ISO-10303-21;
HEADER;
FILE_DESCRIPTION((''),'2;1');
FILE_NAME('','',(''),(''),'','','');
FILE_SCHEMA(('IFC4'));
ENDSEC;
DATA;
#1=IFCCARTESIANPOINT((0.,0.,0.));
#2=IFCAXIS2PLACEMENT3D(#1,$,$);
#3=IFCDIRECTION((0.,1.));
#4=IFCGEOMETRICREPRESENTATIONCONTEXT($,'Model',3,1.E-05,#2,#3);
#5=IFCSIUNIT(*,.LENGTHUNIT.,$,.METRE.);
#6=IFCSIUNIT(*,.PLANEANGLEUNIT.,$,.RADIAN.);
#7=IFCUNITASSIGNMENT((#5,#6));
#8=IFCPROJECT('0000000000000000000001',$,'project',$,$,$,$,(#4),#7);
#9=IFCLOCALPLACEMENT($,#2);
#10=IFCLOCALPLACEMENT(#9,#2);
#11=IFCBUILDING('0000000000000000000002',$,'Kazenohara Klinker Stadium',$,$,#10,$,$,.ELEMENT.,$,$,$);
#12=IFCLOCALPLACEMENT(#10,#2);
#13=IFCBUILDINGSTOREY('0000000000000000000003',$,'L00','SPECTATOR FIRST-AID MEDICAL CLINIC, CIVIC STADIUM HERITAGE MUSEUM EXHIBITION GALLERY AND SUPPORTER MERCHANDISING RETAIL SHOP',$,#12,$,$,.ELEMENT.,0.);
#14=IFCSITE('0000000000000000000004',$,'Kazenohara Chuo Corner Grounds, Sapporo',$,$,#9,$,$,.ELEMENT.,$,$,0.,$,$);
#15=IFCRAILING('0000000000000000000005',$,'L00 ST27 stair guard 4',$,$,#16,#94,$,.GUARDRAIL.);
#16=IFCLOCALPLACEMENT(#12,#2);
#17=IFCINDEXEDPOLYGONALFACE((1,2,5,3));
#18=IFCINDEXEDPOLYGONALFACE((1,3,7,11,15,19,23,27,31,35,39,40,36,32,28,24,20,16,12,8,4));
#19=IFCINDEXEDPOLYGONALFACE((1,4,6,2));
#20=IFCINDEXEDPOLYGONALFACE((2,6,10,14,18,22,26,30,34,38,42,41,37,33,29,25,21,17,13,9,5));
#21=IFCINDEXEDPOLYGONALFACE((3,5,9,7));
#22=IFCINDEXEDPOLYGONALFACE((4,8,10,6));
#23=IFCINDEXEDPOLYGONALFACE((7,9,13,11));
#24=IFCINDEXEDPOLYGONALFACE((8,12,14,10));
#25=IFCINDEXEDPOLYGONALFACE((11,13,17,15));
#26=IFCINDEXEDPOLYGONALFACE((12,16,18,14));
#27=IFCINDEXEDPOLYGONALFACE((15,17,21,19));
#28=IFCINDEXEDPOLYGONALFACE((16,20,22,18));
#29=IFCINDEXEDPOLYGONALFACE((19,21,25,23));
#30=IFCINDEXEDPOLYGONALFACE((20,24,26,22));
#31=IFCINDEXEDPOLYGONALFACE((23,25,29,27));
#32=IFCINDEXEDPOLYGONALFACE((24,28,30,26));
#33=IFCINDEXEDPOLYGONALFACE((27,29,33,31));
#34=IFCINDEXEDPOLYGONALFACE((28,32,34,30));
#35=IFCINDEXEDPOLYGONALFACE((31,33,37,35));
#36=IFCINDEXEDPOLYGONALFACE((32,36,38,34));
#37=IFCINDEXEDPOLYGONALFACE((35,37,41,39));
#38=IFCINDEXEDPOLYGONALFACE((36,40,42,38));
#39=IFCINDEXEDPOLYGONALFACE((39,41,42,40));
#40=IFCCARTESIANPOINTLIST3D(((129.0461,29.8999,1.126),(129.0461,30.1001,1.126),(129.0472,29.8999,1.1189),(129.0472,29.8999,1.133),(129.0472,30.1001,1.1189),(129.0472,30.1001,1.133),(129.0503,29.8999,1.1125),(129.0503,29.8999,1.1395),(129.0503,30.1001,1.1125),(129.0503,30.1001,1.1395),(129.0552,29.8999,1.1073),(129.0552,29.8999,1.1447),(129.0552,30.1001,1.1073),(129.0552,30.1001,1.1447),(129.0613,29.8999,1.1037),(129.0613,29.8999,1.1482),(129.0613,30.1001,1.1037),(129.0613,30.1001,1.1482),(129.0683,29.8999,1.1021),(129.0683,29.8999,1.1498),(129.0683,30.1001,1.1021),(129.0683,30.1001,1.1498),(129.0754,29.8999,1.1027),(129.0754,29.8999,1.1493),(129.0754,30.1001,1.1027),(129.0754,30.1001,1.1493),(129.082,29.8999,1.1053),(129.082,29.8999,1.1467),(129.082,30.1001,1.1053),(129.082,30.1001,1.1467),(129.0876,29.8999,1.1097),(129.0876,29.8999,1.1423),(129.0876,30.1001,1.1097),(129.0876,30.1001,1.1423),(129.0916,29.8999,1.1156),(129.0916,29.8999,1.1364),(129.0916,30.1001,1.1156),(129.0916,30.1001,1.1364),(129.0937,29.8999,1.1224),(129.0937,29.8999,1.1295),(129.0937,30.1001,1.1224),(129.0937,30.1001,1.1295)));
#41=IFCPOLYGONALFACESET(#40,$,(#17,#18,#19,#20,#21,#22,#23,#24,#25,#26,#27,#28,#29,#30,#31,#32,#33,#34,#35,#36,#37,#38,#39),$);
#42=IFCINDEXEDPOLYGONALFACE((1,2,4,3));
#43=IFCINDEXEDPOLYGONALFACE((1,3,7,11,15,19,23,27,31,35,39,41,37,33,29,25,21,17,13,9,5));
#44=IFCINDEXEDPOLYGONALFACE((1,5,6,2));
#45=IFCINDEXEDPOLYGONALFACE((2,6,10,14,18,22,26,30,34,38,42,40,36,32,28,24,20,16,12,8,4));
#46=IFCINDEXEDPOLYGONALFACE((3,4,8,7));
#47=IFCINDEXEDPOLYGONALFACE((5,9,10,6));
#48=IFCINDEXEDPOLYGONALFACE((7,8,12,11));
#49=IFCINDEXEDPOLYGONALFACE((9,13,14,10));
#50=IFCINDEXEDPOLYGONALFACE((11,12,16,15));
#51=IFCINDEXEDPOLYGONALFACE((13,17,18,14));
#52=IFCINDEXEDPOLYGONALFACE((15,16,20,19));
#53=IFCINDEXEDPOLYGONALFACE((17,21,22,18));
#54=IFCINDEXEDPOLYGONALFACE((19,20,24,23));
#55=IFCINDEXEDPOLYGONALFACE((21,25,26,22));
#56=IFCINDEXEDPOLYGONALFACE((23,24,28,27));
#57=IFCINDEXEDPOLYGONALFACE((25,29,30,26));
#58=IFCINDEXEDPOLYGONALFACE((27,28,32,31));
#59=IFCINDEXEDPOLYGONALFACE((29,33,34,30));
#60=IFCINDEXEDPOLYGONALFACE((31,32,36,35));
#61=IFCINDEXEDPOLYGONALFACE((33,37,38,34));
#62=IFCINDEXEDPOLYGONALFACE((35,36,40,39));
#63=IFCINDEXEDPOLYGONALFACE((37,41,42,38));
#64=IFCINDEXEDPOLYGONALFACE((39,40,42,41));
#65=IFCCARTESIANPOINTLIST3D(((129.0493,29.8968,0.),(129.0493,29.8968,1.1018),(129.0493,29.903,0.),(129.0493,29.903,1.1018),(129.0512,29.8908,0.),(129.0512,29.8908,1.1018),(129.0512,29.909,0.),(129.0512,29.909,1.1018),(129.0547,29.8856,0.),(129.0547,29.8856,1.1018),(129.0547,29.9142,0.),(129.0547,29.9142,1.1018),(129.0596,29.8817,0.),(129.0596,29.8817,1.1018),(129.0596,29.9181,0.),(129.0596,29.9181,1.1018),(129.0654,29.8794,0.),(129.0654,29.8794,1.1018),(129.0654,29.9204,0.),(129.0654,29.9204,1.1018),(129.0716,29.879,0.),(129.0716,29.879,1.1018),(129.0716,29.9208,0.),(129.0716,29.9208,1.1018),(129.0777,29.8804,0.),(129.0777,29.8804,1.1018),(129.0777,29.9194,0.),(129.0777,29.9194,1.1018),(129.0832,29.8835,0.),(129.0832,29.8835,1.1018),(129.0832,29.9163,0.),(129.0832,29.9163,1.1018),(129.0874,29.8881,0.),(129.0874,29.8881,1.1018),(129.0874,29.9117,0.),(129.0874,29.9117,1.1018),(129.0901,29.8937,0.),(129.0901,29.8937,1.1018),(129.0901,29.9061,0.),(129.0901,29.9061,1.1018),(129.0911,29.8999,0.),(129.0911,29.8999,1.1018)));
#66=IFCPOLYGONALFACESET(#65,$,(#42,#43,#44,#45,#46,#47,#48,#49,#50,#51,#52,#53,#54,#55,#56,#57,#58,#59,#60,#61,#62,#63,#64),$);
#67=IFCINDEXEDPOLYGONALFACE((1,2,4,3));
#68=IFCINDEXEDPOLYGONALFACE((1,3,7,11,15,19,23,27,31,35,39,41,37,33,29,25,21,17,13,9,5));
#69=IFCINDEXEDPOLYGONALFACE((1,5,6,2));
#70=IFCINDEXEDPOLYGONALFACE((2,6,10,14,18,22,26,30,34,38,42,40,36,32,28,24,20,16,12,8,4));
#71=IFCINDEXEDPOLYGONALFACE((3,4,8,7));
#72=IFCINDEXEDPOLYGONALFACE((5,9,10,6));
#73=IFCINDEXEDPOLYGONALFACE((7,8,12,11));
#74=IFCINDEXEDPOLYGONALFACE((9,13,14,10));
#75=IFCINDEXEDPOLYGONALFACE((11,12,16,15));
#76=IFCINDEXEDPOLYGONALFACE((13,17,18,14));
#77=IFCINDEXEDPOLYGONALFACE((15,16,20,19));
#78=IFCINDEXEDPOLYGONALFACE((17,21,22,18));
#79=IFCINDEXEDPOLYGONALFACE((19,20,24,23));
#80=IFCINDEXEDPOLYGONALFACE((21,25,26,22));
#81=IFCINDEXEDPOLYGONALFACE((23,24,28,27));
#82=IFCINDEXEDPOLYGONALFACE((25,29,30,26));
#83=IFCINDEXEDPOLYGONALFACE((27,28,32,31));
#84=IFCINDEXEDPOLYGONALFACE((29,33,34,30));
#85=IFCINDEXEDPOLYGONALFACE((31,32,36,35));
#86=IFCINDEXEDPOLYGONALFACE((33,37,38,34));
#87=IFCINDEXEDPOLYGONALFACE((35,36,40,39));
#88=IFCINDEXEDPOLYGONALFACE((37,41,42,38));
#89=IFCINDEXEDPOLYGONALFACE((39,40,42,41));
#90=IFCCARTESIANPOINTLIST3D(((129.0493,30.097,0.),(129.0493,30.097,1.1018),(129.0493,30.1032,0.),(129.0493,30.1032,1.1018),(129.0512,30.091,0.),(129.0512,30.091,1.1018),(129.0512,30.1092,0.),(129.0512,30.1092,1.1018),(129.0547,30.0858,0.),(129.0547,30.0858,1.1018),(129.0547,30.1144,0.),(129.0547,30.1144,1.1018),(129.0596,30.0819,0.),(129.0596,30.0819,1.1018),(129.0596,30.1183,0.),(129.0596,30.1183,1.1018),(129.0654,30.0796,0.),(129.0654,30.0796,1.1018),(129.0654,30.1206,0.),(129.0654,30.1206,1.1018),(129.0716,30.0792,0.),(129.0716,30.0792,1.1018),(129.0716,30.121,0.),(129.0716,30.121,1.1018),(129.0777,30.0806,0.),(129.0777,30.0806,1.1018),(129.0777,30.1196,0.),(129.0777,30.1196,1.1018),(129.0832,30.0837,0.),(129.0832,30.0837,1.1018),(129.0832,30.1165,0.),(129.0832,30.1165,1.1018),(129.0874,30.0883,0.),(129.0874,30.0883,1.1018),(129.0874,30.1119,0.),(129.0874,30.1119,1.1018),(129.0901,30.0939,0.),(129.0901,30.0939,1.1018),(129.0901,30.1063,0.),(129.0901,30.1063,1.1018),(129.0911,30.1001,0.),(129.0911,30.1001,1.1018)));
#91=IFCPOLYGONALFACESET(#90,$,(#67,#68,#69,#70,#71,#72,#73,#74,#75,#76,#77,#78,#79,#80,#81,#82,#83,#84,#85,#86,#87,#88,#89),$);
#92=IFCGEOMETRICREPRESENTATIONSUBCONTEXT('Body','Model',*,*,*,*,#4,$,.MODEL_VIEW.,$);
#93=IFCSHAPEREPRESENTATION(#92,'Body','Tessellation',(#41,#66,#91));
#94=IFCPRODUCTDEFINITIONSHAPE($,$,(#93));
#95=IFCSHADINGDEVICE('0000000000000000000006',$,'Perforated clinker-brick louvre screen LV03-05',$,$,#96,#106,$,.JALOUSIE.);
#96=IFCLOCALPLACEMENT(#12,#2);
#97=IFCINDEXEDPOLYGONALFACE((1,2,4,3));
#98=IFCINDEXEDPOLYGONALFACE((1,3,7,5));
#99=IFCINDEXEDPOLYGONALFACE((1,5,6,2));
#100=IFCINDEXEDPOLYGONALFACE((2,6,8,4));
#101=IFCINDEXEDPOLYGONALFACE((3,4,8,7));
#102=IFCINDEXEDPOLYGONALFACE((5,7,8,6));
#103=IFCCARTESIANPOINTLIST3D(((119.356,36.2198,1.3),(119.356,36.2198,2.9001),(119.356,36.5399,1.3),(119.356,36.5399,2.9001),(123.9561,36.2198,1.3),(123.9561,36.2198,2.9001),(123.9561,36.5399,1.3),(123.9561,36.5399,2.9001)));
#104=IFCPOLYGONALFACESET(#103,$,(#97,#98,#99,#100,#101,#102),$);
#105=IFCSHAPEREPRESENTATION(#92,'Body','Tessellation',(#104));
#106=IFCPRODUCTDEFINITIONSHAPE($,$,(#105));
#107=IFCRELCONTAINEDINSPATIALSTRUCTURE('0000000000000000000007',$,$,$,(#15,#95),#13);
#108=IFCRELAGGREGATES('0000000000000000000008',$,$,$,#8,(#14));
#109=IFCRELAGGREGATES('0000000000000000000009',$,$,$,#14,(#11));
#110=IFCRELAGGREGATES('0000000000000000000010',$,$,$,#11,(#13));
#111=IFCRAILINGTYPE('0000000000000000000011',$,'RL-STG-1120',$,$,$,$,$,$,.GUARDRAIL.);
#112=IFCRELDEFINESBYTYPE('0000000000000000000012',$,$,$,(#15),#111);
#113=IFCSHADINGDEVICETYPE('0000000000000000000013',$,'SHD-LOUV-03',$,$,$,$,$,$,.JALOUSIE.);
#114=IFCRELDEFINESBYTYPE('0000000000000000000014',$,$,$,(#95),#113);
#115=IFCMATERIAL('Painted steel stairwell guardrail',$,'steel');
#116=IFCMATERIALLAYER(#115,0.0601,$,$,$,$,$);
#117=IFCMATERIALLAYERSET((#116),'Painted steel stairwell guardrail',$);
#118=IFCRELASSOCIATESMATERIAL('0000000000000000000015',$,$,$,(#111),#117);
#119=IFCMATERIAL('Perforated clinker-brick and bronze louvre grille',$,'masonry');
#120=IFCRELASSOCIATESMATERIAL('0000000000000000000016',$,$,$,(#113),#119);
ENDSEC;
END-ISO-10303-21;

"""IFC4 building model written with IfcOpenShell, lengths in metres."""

from ifc_helpers import new_model, si_unit, direction, frame, origin, origin_2d, place, context, subcontext, project, spatial, rectangle, circle, extrude, material, layer, layer_set, type_object, element, save


model = new_model("IFC4")

# Units and contexts
model_context = context("Model", 3, precision=1e-05, world=origin(), true_north=direction((0.0, 1.0)))
body_context = subcontext(model_context, "Body", "Model", "MODEL_VIEW")
ifc_project = project(units=[si_unit("LENGTHUNIT", "METRE"), si_unit("PLANEANGLEUNIT", "RADIAN")], contexts=[model_context])

# Site, building, storey
site_placement = place(None, origin())
site = spatial("IfcSite", under=ifc_project, at=site_placement, Name="Kazenohara Chuo Corner Grounds, Sapporo", CompositionType="ELEMENT", RefElevation=0.0)
building_placement = place(site_placement, origin())
building = spatial("IfcBuilding", under=site, at=building_placement, Name="Kazenohara Klinker Stadium", CompositionType="ELEMENT")
storey_placement = place(building_placement, origin())
storey = spatial("IfcBuildingStorey", under=building, at=storey_placement, Name="L00", Description="SPECTATOR FIRST-AID MEDICAL CLINIC, CIVIC STADIUM HERITAGE MUSEUM EXHIBITION GALLERY AND SUPPORTER MERCHANDISING RETAIL SHOP", CompositionType="ELEMENT", Elevation=0.0)

# Railing
ifc_material_1 = material(Name="Painted steel stairwell guardrail", Category="steel")
ifc_layer_1 = layer(ifc_material_1, 0.0601)
ifc_layer_set_1 = layer_set([ifc_layer_1], Name="Painted steel stairwell guardrail")
railing_type_1 = type_object("IfcRailingType", Name="RL-STG-1120", PredefinedType="GUARDRAIL", material=ifc_layer_set_1)
railing_1_placement = place(storey_placement, frame((129.0701, 29.8999, 0.0)))
element("IfcRailing", 1, at=railing_1_placement, inside=storey, type_object=railing_type_1, Name="L00 ST27 stair guard 4", PredefinedType="GUARDRAIL", context=body_context, shape_type="SweptSolid", body=[
    extrude(circle(Radius=0.0239, at=origin_2d()), frame((0.0, 0.0, 1.126), z_axis=(0.0, 1.0, 0.0), x_axis=(-1.0, 0.0, 0.0)), (0.0, 0.0, 1.0), 0.2002),
    extrude(circle(Radius=0.021, at=origin_2d()), origin(), (0.0, 0.0, 1.0), 1.1018),
    extrude(circle(Radius=0.021, at=origin_2d()), frame((0.0, 0.2002, 0.0)), (0.0, 0.0, 1.0), 1.1018),
])

# Shading device
ifc_material_2 = material(Name="Perforated clinker-brick and bronze louvre grille", Category="masonry")
shading_device_type = type_object("IfcShadingDeviceType", Name="SHD-LOUV-03", PredefinedType="JALOUSIE", material=ifc_material_2)
shading_device_placement = place(storey_placement, frame((121.656, 36.3799, 1.3), z_axis=(0.0, 0.0, 1.0), x_axis=(1.0, 0.0, 0.0)))
element("IfcShadingDevice", 2, at=shading_device_placement, inside=storey, type_object=shading_device_type, Name="Perforated clinker-brick louvre screen LV03-05", PredefinedType="JALOUSIE", context=body_context, shape_type="SweptSolid", body=[
    extrude(rectangle(XDim=4.6001, YDim=0.3201, at=origin_2d()), origin(), (0.0, 0.0, 1.0), 1.6001),
])

save(model, "model.ifc")
